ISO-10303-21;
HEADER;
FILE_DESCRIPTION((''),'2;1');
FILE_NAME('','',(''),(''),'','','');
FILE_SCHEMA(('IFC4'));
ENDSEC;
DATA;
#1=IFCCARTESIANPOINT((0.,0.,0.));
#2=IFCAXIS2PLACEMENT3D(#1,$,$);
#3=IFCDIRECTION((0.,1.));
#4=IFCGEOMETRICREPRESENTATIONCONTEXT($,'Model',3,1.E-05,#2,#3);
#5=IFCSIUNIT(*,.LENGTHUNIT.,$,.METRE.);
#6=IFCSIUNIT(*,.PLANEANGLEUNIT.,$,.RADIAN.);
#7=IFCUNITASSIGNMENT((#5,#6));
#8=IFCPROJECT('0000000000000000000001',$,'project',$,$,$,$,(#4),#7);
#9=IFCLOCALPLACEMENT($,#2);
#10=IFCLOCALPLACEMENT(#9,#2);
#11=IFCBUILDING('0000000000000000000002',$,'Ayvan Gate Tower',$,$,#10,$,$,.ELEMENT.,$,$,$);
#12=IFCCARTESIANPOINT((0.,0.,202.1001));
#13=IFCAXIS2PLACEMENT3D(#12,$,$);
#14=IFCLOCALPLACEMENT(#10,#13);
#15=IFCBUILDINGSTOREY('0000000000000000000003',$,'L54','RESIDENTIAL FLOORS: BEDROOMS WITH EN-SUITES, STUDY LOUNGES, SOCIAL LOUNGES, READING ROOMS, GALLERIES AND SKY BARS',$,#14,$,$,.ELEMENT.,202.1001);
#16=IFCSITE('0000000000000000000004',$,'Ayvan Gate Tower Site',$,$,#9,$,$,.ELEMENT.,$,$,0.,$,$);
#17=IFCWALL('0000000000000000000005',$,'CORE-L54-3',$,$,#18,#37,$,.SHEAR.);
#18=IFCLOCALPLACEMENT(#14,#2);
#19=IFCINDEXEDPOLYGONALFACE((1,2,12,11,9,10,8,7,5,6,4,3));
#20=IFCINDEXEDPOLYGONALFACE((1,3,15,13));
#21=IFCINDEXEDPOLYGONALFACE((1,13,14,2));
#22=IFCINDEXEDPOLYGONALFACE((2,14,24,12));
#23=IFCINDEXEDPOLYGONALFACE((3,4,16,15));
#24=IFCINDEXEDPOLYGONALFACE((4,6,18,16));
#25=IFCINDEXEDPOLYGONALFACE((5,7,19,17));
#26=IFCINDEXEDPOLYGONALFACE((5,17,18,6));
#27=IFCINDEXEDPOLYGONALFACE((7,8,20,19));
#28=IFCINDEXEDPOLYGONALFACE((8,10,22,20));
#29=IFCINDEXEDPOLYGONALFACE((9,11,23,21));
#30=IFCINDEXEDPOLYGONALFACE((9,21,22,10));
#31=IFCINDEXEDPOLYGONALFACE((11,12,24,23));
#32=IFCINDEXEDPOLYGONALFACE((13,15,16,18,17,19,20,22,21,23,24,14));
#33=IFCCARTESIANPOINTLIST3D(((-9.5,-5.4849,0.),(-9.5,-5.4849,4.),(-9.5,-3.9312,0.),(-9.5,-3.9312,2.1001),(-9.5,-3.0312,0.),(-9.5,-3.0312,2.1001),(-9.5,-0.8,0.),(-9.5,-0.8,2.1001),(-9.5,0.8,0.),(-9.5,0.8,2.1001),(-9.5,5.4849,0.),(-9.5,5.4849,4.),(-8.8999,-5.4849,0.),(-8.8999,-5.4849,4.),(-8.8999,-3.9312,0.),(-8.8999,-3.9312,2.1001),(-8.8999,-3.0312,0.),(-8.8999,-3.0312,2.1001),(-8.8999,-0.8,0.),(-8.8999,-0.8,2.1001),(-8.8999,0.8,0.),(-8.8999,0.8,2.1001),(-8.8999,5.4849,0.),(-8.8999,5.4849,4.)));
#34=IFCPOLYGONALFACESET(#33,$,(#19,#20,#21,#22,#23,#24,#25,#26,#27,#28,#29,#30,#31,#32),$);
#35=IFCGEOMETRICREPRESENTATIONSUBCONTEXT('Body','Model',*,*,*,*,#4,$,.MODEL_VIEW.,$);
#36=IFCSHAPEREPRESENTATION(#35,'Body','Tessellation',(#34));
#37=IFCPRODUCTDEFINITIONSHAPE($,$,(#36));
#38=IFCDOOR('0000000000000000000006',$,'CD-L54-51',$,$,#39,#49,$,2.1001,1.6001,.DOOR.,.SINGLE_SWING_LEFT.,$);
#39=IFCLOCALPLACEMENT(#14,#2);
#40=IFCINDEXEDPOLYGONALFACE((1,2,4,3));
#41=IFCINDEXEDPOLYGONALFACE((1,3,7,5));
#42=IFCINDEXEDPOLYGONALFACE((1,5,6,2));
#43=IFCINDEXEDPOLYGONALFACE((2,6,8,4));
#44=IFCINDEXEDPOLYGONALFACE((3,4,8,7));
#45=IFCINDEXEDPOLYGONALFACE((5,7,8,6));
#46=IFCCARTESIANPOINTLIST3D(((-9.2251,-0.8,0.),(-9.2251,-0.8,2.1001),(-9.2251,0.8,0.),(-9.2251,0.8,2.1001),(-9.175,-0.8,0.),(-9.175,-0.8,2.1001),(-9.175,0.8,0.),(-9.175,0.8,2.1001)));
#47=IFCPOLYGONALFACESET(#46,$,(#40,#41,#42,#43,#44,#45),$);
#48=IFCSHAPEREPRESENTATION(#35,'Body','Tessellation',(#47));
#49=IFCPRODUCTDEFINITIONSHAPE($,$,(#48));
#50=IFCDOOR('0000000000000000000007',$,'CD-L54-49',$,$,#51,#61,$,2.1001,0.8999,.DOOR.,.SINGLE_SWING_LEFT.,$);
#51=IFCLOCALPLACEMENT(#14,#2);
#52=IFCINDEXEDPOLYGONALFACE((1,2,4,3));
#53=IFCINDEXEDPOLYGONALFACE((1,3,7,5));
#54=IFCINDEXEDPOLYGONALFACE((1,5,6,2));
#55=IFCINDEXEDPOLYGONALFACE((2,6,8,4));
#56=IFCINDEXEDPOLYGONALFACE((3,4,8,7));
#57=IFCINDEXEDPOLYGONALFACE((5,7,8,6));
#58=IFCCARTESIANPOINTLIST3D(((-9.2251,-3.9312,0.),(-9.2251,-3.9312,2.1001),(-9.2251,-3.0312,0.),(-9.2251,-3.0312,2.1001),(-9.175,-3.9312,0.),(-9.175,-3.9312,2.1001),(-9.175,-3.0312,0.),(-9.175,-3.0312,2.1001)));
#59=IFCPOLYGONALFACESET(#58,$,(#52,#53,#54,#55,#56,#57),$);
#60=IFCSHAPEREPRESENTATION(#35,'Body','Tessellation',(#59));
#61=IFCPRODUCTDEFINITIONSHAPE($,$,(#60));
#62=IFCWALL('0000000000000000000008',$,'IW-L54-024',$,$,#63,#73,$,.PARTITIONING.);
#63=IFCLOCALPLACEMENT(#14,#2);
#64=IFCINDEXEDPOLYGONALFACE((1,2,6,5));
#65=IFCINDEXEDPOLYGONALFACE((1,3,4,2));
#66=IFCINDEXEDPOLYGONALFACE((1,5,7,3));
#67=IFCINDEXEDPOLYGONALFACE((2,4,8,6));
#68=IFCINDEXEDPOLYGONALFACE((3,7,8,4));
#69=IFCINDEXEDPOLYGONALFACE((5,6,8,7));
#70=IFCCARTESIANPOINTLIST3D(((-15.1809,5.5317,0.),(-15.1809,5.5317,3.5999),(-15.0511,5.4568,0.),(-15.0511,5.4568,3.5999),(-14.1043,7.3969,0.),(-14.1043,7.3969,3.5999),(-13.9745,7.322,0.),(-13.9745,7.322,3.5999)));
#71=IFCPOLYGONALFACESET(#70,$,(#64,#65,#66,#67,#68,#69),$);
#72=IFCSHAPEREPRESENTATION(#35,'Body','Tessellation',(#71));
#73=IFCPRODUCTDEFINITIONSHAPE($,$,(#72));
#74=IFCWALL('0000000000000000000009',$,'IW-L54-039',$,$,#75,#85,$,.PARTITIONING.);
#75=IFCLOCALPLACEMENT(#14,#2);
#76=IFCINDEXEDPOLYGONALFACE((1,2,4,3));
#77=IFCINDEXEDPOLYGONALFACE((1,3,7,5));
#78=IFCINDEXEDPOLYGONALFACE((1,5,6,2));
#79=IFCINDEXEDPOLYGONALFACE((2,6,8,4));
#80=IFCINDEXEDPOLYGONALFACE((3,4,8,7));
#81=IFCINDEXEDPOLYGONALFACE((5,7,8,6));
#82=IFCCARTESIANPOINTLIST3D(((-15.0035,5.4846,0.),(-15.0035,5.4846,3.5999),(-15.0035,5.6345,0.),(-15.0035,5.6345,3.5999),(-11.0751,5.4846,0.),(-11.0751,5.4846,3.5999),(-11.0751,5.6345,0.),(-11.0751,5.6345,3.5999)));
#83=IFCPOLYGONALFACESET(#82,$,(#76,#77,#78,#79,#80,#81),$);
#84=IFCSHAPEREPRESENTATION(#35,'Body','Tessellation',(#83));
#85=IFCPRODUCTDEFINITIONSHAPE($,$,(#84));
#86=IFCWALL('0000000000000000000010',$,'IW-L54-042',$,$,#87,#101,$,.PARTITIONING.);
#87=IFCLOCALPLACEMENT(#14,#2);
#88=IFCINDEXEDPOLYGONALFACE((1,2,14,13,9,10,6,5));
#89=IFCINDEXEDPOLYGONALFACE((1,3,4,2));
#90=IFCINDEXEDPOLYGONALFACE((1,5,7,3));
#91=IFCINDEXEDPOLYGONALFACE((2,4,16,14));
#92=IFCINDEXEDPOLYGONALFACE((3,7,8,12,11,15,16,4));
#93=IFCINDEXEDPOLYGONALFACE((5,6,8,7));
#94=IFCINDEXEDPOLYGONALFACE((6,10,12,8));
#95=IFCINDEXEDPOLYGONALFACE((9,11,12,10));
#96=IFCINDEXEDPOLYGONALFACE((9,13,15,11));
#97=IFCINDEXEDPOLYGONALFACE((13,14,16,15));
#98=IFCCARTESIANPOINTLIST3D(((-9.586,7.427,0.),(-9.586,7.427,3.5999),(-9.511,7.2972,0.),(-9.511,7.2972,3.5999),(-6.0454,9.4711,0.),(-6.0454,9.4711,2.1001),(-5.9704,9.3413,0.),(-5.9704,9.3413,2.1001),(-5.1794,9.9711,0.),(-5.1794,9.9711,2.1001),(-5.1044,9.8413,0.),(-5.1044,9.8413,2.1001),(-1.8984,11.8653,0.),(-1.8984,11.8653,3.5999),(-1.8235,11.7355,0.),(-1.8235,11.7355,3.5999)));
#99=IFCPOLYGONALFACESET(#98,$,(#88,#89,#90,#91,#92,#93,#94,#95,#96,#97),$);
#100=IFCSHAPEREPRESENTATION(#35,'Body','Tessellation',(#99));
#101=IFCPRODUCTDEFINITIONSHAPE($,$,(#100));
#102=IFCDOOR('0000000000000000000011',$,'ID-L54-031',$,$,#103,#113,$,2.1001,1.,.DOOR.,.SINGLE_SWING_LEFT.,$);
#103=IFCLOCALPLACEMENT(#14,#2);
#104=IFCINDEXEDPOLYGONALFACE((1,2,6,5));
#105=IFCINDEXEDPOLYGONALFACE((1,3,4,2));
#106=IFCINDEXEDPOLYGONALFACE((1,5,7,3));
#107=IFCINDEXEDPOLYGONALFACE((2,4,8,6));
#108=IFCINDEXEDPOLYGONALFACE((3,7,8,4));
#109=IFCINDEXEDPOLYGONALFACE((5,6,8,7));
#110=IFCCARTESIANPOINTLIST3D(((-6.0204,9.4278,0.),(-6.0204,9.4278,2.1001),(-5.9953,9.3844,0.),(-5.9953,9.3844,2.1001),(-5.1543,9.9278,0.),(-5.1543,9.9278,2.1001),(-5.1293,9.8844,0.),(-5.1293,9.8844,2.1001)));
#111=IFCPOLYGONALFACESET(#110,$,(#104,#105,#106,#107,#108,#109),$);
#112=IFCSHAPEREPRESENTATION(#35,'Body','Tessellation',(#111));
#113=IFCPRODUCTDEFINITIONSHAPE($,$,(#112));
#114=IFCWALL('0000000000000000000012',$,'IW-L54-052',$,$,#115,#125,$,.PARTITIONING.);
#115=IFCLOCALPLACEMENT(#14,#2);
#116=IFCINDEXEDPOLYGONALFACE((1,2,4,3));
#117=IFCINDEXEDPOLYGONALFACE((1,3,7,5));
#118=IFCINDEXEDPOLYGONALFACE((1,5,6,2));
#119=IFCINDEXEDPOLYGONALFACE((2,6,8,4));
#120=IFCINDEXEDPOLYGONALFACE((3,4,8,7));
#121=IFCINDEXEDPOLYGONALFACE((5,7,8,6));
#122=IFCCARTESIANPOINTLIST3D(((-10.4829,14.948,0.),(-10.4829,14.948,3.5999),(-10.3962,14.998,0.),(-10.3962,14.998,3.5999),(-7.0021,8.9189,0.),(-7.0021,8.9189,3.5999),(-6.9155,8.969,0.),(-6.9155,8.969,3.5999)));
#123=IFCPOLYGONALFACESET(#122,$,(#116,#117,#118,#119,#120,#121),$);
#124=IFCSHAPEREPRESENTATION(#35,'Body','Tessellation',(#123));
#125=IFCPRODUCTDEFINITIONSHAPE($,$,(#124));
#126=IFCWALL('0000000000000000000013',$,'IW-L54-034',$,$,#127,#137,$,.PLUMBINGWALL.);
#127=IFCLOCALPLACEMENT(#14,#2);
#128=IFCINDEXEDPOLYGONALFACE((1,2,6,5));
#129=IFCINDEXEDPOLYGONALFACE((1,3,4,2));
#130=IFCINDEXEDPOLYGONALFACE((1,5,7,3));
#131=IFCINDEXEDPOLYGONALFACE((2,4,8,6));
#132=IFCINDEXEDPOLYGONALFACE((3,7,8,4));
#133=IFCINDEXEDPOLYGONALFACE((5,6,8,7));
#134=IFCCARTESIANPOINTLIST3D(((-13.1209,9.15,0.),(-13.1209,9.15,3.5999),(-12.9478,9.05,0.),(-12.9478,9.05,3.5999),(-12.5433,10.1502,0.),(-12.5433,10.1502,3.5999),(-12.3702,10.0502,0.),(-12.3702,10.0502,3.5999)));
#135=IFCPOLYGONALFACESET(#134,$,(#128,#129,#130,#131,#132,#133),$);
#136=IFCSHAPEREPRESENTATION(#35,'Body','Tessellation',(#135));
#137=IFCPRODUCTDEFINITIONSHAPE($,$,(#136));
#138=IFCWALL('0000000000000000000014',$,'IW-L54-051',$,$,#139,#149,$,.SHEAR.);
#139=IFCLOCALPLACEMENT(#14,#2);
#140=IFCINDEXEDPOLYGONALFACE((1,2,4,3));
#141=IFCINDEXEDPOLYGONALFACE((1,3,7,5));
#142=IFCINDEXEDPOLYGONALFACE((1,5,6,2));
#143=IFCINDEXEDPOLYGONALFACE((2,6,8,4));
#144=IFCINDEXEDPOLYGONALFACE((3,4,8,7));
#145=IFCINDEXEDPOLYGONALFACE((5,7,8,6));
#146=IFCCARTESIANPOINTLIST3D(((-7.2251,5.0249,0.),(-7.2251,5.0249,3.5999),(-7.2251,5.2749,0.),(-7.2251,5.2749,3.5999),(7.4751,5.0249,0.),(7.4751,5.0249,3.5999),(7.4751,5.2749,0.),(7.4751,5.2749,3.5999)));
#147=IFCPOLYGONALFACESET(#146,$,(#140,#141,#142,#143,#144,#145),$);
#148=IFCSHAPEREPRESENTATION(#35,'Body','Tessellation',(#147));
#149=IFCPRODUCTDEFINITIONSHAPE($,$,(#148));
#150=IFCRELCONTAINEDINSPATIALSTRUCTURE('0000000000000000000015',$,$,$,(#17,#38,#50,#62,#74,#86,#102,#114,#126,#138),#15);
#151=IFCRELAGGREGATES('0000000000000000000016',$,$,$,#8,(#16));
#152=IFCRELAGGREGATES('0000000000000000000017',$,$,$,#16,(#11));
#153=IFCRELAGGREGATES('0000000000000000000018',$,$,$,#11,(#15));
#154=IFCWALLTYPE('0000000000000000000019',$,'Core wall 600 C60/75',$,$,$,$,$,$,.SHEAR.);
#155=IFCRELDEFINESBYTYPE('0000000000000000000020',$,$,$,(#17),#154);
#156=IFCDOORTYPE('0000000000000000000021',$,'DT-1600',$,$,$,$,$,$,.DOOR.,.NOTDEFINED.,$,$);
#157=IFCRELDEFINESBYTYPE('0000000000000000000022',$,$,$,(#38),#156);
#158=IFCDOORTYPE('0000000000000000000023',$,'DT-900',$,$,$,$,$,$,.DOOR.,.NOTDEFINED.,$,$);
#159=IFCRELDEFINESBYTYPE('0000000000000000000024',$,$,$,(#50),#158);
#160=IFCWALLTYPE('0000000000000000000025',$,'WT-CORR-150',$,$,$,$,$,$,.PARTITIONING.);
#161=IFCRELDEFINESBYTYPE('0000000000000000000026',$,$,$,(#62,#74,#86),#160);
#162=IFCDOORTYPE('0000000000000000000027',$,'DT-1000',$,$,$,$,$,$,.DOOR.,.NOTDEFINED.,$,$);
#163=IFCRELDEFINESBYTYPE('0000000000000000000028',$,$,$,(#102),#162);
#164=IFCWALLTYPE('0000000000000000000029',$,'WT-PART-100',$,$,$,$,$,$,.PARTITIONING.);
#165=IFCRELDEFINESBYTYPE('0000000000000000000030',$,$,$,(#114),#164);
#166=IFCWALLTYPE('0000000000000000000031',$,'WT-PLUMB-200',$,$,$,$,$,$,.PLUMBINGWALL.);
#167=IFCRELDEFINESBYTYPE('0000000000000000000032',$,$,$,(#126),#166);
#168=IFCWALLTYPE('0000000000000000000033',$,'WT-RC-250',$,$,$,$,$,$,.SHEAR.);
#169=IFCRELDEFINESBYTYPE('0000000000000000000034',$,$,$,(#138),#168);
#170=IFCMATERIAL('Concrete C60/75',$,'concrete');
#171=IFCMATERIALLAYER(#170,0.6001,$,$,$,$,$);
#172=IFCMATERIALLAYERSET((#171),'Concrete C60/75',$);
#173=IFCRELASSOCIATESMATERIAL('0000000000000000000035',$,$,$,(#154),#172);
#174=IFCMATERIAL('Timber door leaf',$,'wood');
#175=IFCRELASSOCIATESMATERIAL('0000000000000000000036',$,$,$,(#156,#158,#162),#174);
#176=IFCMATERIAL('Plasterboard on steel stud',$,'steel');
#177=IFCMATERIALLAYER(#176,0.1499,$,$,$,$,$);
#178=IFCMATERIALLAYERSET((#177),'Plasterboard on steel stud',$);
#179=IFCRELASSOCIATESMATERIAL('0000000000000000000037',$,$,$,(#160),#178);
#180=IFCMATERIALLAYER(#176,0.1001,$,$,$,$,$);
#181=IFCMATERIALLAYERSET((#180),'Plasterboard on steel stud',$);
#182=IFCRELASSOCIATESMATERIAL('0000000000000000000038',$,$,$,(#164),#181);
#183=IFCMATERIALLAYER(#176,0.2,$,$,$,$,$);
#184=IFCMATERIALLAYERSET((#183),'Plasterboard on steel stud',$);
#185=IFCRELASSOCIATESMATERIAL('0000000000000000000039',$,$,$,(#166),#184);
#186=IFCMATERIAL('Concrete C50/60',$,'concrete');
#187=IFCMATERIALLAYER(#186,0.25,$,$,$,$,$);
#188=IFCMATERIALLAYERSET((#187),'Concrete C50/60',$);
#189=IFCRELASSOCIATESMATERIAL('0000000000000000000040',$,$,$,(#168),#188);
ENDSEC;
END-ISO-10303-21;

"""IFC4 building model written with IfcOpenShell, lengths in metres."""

from ifc_helpers import new_model, si_unit, direction, frame, frame_2d, origin, place, context, subcontext, project, spatial, rectangle, extrude, material, layer, layer_set, type_object, element, fill, save


model = new_model("IFC4")

# Units and contexts
model_context = context("Model", 3, precision=1e-05, world=origin(), true_north=direction((0.0, 1.0)))
body_context = subcontext(model_context, "Body", "Model", "MODEL_VIEW")
ifc_project = project(units=[si_unit("LENGTHUNIT", "METRE"), si_unit("PLANEANGLEUNIT", "RADIAN")], contexts=[model_context])

# Site, building, storey
site_placement = place(None, origin())
site = spatial("IfcSite", under=ifc_project, at=site_placement, Name="Ayvan Gate Tower Site", CompositionType="ELEMENT", RefElevation=0.0)
building_placement = place(site_placement, origin())
building = spatial("IfcBuilding", under=site, at=building_placement, Name="Ayvan Gate Tower", CompositionType="ELEMENT")
storey_placement = place(building_placement, frame((0.0, 0.0, 202.1001)))
storey = spatial("IfcBuildingStorey", under=building, at=storey_placement, Name="L54", Description="RESIDENTIAL FLOORS: BEDROOMS WITH EN-SUITES, STUDY LOUNGES, SOCIAL LOUNGES, READING ROOMS, GALLERIES AND SKY BARS", CompositionType="ELEMENT", Elevation=202.1001)

# Wall, openings, doors
ifc_material_1 = material(Name="Concrete C60/75", Category="concrete")
ifc_layer_1 = layer(ifc_material_1, 0.6001)
ifc_layer_set_1 = layer_set([ifc_layer_1], Name="Concrete C60/75")
wall_type_1 = type_object("IfcWallType", Name="Core wall 600 C60/75", PredefinedType="SHEAR", material=ifc_layer_set_1)
wall_1_placement = place(storey_placement, frame((-9.2, 5.4849, 0.0), z_axis=(0.0, 0.0, 1.0), x_axis=(0.0, -1.0, 0.0)))
wall_1 = element("IfcWall", 1, at=wall_1_placement, inside=storey, type_object=wall_type_1, Name="CORE-L54-3", PredefinedType="SHEAR", context=body_context, shape_type="SweptSolid", body=[
    extrude(rectangle(XDim=10.9697, YDim=0.6001, at=frame_2d((5.4849, 0.0))), origin(), (0.0, 0.0, 1.0), 4.0),
])
opening_1_placement = place(wall_1_placement, frame((8.5161, 0.0, 0.0)))
opening_1 = element("IfcOpeningElement", 2, at=opening_1_placement, cuts=wall_1, PredefinedType="OPENING", context=body_context, shape_type="SweptSolid", body=[
    extrude(rectangle(XDim=0.8999, YDim=2.1001, at=frame_2d((0.45, 1.05))), frame((0.0, 0.3101, 0.0), z_axis=(0.0, -1.0, 0.0), x_axis=(1.0, 0.0, 0.0)), (0.0, 0.0, 1.0), 0.6201),
])
opening_2_placement = place(wall_1_placement, frame((4.6848, 0.0, 0.0)))
opening_2 = element("IfcOpeningElement", 3, at=opening_2_placement, cuts=wall_1, PredefinedType="OPENING", context=body_context, shape_type="SweptSolid", body=[
    extrude(rectangle(XDim=1.6001, YDim=2.1001, at=frame_2d((0.8, 1.05))), frame((0.0, 0.3101, 0.0), z_axis=(0.0, -1.0, 0.0), x_axis=(1.0, 0.0, 0.0)), (0.0, 0.0, 1.0), 0.6201),
])
ifc_material_2 = material(Name="Timber door leaf", Category="wood")
door_type_1 = type_object("IfcDoorType", Name="DT-1600", OperationType="NOTDEFINED", PredefinedType="DOOR", material=ifc_material_2)
door_1_placement = place(opening_2_placement, origin())
door_1 = element("IfcDoor", 4, at=door_1_placement, inside=storey, type_object=door_type_1, Name="CD-L54-51", OperationType="SINGLE_SWING_LEFT", OverallHeight=2.1001, OverallWidth=1.6001, PredefinedType="DOOR", context=body_context, shape_type="SweptSolid", body=[
    extrude(rectangle(XDim=1.6001, YDim=2.1001, at=frame_2d((0.8, 1.05))), frame((0.0, 0.0249, 0.0), z_axis=(0.0, -1.0, 0.0), x_axis=(1.0, 0.0, 0.0)), (0.0, 0.0, 1.0), 0.05),
])
fill(opening_2, door_1)
door_type_2 = type_object("IfcDoorType", Name="DT-900", OperationType="NOTDEFINED", PredefinedType="DOOR", material=ifc_material_2)
door_2_placement = place(opening_1_placement, origin())
door_2 = element("IfcDoor", 5, at=door_2_placement, inside=storey, type_object=door_type_2, Name="CD-L54-49", OperationType="SINGLE_SWING_LEFT", OverallHeight=2.1001, OverallWidth=0.8999, PredefinedType="DOOR", context=body_context, shape_type="SweptSolid", body=[
    extrude(rectangle(XDim=0.8999, YDim=2.1001, at=frame_2d((0.45, 1.05))), frame((0.0, 0.0249, 0.0), z_axis=(0.0, -1.0, 0.0), x_axis=(1.0, 0.0, 0.0)), (0.0, 0.0, 1.0), 0.05),
])
fill(opening_1, door_2)

# Walls
ifc_material_3 = material(Name="Plasterboard on steel stud", Category="steel")
ifc_layer_2 = layer(ifc_material_3, 0.1499)
ifc_layer_set_2 = layer_set([ifc_layer_2], Name="Plasterboard on steel stud")
wall_type_2 = type_object("IfcWallType", Name="WT-CORR-150", PredefinedType="PARTITIONING", material=ifc_layer_set_2)
wall_2_placement = place(storey_placement, frame((-15.116, 5.4944, 0.0), z_axis=(0.0, 0.0, 1.0), x_axis=(0.499919, 0.866072, 0.0)))
element("IfcWall", 6, at=wall_2_placement, inside=storey, type_object=wall_type_2, Name="IW-L54-024", PredefinedType="PARTITIONING", context=body_context, shape_type="SweptSolid", body=[
    extrude(rectangle(XDim=2.1536, YDim=0.1499, at=frame_2d((1.0767, 0.0))), origin(), (0.0, 0.0, 1.0), 3.5999),
])
wall_3_placement = place(storey_placement, frame((-11.075, 5.5596, 0.0), z_axis=(0.0, 0.0, 1.0), x_axis=(-1.0, 0.0, 0.0)))
element("IfcWall", 7, at=wall_3_placement, inside=storey, type_object=wall_type_2, Name="IW-L54-039", PredefinedType="PARTITIONING", context=body_context, shape_type="SweptSolid", body=[
    extrude(rectangle(XDim=3.9285, YDim=0.1499, at=frame_2d((1.9644, 0.0))), origin(), (0.0, 0.0, 1.0), 3.5999),
])

# Wall, opening, door
wall_4_placement = place(storey_placement, frame((-9.5486, 7.3621, 0.0), z_axis=(0.0, 0.0, 1.0), x_axis=(0.866033, 0.499988, 0.0)))
wall_4 = element("IfcWall", 8, at=wall_4_placement, inside=storey, type_object=wall_type_2, Name="IW-L54-042", PredefinedType="PARTITIONING", context=body_context, shape_type="SweptSolid", body=[
    extrude(rectangle(XDim=8.8767, YDim=0.1499, at=frame_2d((4.4385, 0.0))), origin(), (0.0, 0.0, 1.0), 3.5999),
])
opening_3_placement = place(wall_4_placement, frame((4.0884, 0.0, 0.0)))
opening_3 = element("IfcOpeningElement", 9, at=opening_3_placement, cuts=wall_4, PredefinedType="OPENING", context=body_context, shape_type="SweptSolid", body=[
    extrude(rectangle(XDim=1.0, YDim=2.1001, at=frame_2d((0.5, 1.05))), frame((0.0, 0.085, 0.0), z_axis=(0.0, -1.0, 0.0), x_axis=(1.0, 0.0, 0.0)), (0.0, 0.0, 1.0), 0.1699),
])
door_type_3 = type_object("IfcDoorType", Name="DT-1000", OperationType="NOTDEFINED", PredefinedType="DOOR", material=ifc_material_2)
door_3_placement = place(opening_3_placement, origin())
door_3 = element("IfcDoor", 10, at=door_3_placement, inside=storey, type_object=door_type_3, Name="ID-L54-031", OperationType="SINGLE_SWING_LEFT", OverallHeight=2.1001, OverallWidth=1.0, PredefinedType="DOOR", context=body_context, shape_type="SweptSolid", body=[
    extrude(rectangle(XDim=1.0, YDim=2.1001, at=frame_2d((0.5, 1.05))), frame((0.0, 0.0249, 0.0), z_axis=(0.0, -1.0, 0.0), x_axis=(1.0, 0.0, 0.0)), (0.0, 0.0, 1.0), 0.05),
])
fill(opening_3, door_3)

# Walls
ifc_layer_3 = layer(ifc_material_3, 0.1001)
ifc_layer_set_3 = layer_set([ifc_layer_3], Name="Plasterboard on steel stud")
wall_type_3 = type_object("IfcWallType", Name="WT-PART-100", PredefinedType="PARTITIONING", material=ifc_layer_set_3)
wall_5_placement = place(storey_placement, frame((-6.9587, 8.9438, 0.0), z_axis=(0.0, 0.0, 1.0), x_axis=(-0.499983, 0.866036, 0.0)))
element("IfcWall", 11, at=wall_5_placement, inside=storey, type_object=wall_type_3, Name="IW-L54-052", PredefinedType="PARTITIONING", context=body_context, shape_type="SweptSolid", body=[
    extrude(rectangle(XDim=6.9617, YDim=0.1001, at=frame_2d((3.481, 0.0))), origin(), (0.0, 0.0, 1.0), 3.5999),
])
ifc_layer_4 = layer(ifc_material_3, 0.2)
ifc_layer_set_4 = layer_set([ifc_layer_4], Name="Plasterboard on steel stud")
wall_type_4 = type_object("IfcWallType", Name="WT-PLUMB-200", PredefinedType="PLUMBINGWALL", material=ifc_layer_set_4)
wall_6_placement = place(storey_placement, frame((-13.0344, 9.0999, 0.0), z_axis=(0.0, 0.0, 1.0), x_axis=(0.500094, 0.865971, 0.0)))
element("IfcWall", 12, at=wall_6_placement, inside=storey, type_object=wall_type_4, Name="IW-L54-034", PredefinedType="PLUMBINGWALL", context=body_context, shape_type="SweptSolid", body=[
    extrude(rectangle(XDim=1.155, YDim=0.2, at=frame_2d((0.5776, 0.0))), origin(), (0.0, 0.0, 1.0), 3.5999),
])
ifc_material_4 = material(Name="Concrete C50/60", Category="concrete")
ifc_layer_5 = layer(ifc_material_4, 0.25)
ifc_layer_set_5 = layer_set([ifc_layer_5], Name="Concrete C50/60")
wall_type_5 = type_object("IfcWallType", Name="WT-RC-250", PredefinedType="SHEAR", material=ifc_layer_set_5)
wall_7_placement = place(storey_placement, frame((-7.2251, 5.1499, 0.0), z_axis=(0.0, 0.0, 1.0), x_axis=(1.0, 0.0, 0.0)))
element("IfcWall", 13, at=wall_7_placement, inside=storey, type_object=wall_type_5, Name="IW-L54-051", PredefinedType="SHEAR", context=body_context, shape_type="SweptSolid", body=[
    extrude(rectangle(XDim=14.7002, YDim=0.25, at=frame_2d((7.3501, 0.0))), origin(), (0.0, 0.0, 1.0), 3.5999),
])

save(model, "model.ifc")
